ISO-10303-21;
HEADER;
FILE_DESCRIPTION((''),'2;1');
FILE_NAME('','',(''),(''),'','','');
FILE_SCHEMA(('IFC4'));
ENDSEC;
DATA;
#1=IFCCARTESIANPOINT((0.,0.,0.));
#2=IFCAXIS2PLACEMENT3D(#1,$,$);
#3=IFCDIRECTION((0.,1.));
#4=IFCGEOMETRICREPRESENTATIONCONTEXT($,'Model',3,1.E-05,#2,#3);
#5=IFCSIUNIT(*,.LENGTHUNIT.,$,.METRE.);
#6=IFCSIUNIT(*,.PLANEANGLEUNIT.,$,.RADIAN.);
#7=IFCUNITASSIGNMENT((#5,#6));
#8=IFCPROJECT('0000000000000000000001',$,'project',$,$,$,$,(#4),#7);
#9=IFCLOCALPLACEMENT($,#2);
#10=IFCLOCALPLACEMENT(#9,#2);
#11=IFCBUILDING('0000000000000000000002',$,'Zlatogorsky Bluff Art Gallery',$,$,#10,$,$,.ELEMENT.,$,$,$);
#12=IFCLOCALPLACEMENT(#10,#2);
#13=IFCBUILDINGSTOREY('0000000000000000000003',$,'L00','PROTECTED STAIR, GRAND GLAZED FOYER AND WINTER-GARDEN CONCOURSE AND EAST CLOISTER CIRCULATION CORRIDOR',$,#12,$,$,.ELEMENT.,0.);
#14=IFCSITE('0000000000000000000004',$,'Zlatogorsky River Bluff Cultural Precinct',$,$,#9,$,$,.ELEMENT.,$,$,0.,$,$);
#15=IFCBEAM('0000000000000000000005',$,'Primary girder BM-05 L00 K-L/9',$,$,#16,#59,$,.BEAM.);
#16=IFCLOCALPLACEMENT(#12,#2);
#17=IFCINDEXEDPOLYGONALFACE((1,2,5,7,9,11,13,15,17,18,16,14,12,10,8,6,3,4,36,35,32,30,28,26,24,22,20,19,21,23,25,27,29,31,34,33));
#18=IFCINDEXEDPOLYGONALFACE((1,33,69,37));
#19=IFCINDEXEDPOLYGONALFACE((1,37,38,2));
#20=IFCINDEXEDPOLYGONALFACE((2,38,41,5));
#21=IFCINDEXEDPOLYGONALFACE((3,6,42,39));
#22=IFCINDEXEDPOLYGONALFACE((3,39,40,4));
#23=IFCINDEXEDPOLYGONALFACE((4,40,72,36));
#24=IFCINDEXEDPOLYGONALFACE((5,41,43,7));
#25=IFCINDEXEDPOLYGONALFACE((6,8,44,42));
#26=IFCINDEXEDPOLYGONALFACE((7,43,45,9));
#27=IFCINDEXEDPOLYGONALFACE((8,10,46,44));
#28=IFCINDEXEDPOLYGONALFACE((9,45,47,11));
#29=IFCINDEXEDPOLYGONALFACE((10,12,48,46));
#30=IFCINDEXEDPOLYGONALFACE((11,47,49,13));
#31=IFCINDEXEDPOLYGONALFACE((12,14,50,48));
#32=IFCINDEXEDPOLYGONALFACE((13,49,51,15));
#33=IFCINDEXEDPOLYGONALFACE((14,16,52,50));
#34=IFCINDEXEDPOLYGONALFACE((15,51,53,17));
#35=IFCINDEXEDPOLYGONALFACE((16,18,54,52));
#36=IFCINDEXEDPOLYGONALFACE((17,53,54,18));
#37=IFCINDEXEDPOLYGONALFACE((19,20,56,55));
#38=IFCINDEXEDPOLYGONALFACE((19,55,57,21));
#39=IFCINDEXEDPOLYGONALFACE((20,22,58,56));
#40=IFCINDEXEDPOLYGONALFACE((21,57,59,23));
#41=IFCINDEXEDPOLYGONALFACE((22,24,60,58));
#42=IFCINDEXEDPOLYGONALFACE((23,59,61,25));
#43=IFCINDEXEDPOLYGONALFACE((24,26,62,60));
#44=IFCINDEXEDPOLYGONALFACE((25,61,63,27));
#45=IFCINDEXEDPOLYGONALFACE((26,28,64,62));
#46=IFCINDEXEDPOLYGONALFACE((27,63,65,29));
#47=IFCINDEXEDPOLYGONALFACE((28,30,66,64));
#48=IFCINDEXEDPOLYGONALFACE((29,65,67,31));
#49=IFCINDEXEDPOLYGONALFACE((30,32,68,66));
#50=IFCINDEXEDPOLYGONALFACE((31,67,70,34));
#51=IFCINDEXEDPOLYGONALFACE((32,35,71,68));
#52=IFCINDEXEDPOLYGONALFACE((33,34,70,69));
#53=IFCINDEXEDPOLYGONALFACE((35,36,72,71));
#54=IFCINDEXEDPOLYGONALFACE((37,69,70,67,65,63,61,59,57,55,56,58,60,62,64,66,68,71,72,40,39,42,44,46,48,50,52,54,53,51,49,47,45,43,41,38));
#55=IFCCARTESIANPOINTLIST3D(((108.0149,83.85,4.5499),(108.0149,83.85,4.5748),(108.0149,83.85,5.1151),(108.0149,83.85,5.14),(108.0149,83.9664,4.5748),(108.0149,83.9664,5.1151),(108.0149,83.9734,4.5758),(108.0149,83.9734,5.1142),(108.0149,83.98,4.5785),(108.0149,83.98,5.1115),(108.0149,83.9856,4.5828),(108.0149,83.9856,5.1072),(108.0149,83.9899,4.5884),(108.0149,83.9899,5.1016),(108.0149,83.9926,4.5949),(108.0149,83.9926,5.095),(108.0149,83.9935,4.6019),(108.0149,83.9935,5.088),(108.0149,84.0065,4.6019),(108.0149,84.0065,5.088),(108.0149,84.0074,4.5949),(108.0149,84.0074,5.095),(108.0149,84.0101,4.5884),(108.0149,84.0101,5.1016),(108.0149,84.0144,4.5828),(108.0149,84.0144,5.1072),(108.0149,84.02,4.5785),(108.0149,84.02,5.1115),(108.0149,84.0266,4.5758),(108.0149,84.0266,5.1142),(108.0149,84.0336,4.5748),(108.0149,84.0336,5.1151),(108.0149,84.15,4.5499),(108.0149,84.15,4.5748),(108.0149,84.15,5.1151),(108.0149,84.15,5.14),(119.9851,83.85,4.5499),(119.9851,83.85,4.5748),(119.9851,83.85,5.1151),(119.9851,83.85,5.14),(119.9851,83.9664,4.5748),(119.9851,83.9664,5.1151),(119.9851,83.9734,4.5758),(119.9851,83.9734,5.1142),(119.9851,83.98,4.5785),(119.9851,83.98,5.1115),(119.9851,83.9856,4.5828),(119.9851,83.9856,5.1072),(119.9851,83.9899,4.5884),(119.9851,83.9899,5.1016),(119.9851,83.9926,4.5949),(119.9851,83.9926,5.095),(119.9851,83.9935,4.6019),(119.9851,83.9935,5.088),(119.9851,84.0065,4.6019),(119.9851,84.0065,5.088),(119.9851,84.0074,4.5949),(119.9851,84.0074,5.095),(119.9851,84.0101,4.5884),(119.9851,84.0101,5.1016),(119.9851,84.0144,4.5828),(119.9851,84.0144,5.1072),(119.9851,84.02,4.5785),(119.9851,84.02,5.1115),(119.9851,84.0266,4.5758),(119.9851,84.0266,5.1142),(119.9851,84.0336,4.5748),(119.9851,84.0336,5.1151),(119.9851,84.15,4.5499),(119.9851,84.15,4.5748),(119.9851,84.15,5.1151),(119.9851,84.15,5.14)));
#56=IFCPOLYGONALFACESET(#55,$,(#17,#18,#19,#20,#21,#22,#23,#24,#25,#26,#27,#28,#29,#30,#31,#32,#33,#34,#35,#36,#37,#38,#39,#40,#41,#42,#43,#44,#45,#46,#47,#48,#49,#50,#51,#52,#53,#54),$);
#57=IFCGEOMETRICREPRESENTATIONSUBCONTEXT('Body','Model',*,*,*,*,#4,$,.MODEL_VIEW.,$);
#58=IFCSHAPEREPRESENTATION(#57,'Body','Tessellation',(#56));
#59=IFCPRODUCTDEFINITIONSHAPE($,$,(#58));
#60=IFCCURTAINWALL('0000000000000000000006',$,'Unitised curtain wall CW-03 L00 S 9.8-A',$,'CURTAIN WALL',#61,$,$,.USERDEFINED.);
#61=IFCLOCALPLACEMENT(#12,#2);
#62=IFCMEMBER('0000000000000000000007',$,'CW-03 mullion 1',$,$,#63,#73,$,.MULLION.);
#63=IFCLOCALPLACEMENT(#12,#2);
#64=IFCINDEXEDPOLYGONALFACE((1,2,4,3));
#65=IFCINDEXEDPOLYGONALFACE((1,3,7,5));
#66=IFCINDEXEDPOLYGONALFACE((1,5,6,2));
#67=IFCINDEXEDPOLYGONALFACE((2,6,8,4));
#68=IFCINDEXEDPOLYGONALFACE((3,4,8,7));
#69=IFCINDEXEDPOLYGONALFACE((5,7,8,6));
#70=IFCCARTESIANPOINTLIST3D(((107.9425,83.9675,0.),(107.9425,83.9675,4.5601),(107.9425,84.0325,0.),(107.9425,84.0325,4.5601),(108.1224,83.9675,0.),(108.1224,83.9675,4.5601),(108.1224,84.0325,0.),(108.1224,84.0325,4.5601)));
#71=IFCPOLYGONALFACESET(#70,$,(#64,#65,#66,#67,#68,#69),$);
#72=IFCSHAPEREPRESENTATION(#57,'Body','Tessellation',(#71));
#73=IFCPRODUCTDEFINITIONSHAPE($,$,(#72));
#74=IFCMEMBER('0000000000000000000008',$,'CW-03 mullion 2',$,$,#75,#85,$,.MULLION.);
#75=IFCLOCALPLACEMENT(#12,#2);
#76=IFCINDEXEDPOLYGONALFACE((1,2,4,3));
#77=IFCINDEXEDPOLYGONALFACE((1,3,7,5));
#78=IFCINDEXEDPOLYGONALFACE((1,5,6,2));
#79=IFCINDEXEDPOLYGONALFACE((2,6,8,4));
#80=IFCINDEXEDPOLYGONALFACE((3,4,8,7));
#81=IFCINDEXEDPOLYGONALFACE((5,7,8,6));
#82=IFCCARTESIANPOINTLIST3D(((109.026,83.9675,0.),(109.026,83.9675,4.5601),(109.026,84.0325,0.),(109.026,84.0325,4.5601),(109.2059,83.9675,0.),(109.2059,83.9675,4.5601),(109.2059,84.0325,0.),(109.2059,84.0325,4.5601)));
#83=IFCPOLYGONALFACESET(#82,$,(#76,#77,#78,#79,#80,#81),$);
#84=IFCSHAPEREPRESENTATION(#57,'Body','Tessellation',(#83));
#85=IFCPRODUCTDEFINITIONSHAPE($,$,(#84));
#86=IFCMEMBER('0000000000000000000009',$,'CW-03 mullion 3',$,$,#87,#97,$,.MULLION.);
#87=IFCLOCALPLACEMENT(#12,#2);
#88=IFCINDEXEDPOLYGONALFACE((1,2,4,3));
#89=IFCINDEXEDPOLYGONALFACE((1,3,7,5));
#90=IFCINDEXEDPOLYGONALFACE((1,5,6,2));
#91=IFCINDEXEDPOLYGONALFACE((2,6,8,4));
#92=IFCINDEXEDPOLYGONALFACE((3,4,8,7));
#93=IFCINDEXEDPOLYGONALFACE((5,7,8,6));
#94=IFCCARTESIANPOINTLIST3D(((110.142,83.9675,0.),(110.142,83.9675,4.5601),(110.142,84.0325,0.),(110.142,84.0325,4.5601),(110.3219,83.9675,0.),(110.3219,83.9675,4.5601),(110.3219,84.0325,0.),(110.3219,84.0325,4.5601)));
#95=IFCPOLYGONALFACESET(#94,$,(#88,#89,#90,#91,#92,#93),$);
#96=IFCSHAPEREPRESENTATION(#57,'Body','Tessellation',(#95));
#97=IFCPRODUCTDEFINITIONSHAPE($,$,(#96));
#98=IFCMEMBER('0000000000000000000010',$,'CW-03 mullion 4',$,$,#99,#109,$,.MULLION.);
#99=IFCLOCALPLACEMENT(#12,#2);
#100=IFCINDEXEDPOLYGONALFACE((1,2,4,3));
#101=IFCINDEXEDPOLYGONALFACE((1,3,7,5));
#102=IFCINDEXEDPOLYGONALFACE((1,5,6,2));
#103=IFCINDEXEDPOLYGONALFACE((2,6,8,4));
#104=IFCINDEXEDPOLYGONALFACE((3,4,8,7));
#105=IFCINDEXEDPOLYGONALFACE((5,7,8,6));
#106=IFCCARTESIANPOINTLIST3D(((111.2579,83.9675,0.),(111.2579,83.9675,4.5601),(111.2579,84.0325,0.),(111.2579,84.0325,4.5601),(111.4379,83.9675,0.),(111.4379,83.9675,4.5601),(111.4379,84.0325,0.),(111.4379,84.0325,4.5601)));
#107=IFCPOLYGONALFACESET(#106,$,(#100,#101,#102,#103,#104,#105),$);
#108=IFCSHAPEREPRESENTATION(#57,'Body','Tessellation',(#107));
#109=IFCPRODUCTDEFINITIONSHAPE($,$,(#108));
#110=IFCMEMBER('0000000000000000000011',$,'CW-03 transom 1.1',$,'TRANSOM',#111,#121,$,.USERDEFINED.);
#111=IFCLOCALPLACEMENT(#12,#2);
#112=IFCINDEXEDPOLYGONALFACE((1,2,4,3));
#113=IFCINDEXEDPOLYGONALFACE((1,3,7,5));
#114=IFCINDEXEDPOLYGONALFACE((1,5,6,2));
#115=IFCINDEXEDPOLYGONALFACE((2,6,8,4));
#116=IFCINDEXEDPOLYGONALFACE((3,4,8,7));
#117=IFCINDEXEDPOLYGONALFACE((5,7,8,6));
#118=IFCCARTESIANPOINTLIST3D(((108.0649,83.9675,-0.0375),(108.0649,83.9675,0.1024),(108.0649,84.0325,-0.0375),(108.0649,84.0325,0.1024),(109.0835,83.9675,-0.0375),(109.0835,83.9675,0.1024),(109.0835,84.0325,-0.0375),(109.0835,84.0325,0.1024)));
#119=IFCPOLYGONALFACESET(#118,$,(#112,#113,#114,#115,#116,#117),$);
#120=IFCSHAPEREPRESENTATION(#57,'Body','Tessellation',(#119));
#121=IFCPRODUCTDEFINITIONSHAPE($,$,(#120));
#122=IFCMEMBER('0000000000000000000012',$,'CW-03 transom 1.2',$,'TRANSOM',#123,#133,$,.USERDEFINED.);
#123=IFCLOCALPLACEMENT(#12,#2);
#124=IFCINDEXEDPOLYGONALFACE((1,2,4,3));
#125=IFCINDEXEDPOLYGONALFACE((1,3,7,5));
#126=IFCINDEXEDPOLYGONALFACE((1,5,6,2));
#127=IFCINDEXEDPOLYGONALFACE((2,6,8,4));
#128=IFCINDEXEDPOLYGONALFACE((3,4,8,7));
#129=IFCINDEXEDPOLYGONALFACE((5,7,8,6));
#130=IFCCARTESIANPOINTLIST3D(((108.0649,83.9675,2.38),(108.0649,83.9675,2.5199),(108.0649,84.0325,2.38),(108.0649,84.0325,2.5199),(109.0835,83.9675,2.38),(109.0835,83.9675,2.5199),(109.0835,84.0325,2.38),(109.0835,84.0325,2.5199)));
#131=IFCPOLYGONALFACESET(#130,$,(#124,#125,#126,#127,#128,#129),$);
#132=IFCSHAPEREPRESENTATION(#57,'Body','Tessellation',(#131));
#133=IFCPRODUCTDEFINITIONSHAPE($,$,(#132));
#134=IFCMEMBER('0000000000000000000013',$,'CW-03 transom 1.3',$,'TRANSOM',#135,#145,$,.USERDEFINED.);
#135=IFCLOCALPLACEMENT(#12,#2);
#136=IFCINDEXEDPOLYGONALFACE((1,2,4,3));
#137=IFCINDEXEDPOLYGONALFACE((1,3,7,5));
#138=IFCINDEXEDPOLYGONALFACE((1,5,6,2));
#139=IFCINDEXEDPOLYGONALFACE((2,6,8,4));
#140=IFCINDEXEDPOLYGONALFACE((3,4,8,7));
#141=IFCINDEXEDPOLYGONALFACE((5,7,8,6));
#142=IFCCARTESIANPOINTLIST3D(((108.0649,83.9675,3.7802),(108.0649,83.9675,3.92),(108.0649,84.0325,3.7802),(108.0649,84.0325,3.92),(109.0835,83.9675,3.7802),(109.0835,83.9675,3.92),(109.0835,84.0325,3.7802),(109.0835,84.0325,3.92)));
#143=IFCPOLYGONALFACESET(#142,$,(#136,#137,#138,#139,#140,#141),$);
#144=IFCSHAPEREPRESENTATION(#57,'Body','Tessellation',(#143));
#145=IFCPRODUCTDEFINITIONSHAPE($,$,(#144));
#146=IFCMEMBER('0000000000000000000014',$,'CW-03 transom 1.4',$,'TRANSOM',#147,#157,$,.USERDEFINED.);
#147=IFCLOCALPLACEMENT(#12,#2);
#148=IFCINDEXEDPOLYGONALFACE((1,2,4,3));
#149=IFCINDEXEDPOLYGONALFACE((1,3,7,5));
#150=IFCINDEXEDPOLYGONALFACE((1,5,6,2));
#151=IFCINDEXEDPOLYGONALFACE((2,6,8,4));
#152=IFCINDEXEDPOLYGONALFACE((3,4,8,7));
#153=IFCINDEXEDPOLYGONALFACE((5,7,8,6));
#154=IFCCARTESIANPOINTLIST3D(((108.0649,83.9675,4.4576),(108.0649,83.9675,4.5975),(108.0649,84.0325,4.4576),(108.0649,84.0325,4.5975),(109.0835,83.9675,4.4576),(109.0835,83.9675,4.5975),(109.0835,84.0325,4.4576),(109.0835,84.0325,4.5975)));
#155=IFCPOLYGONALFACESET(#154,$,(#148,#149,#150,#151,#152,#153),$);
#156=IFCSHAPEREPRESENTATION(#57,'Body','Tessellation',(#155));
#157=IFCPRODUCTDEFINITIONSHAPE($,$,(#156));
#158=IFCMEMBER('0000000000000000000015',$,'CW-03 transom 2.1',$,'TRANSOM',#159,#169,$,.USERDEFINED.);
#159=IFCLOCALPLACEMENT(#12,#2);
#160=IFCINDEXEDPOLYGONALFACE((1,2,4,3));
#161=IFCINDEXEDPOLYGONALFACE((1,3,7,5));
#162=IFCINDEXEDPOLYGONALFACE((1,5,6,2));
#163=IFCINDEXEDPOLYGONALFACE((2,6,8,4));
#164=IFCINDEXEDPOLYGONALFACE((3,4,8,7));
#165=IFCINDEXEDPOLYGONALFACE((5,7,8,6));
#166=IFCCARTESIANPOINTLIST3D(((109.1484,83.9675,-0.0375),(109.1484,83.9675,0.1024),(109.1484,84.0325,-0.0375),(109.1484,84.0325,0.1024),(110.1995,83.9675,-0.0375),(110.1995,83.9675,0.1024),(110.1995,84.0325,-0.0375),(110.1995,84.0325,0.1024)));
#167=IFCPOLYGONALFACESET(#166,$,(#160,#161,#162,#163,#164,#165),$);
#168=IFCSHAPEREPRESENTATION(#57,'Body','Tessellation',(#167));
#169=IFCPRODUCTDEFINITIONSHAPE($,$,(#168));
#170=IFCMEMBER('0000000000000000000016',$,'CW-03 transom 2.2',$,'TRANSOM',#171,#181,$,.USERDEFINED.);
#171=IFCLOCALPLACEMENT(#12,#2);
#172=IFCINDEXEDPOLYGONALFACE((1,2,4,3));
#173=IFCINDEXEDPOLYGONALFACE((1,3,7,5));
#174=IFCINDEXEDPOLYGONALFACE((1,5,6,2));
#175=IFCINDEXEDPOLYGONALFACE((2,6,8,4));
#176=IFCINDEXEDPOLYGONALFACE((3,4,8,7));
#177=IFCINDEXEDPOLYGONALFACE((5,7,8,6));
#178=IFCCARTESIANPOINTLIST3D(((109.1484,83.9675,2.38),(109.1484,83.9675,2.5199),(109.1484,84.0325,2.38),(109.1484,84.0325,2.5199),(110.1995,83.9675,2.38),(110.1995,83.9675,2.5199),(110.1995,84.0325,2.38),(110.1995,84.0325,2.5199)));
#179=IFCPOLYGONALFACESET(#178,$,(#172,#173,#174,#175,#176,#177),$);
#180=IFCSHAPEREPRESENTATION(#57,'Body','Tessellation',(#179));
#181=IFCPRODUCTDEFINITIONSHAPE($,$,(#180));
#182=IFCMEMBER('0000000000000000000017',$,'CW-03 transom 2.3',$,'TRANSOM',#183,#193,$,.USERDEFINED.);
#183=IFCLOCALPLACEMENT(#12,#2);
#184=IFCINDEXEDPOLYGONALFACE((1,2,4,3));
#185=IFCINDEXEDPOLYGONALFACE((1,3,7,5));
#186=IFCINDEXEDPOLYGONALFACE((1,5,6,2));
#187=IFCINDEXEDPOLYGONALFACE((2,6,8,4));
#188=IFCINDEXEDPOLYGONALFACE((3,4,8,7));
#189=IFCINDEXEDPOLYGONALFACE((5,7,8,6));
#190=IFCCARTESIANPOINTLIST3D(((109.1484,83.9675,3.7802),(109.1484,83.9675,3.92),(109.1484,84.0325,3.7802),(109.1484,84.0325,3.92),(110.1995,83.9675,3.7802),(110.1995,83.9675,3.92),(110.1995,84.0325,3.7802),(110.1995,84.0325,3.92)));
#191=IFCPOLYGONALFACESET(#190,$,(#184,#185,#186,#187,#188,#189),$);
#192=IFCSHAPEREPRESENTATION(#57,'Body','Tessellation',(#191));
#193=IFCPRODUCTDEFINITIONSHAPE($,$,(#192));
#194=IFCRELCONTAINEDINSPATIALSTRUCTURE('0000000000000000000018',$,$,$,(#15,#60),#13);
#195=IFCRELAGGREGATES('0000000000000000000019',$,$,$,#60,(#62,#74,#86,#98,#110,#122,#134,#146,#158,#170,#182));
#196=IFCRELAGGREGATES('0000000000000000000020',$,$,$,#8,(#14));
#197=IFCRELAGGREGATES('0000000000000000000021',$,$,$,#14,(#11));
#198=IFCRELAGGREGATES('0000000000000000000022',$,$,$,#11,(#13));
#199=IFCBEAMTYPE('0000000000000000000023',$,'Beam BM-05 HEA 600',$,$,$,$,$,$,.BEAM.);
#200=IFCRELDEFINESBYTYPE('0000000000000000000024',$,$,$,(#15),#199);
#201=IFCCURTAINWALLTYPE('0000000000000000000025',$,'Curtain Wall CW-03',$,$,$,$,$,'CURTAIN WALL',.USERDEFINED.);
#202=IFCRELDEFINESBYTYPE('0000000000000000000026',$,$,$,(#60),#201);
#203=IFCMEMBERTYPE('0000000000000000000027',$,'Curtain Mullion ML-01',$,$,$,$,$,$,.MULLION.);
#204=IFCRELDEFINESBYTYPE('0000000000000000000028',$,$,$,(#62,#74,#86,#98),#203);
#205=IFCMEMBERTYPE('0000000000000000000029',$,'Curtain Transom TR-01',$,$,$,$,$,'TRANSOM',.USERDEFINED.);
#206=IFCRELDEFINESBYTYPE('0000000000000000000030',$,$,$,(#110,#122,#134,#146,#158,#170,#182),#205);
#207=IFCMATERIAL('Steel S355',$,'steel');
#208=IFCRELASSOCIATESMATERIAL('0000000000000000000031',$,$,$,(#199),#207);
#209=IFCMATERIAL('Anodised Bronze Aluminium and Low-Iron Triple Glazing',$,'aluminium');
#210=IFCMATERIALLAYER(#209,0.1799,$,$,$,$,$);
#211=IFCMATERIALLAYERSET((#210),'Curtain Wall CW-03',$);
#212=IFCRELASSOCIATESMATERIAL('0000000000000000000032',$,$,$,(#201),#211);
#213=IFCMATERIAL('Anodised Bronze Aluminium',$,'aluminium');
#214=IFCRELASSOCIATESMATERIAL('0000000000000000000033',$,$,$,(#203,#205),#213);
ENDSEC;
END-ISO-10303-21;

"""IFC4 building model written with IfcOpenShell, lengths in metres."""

from ifc_helpers import new_model, si_unit, direction, frame, origin, origin_2d, place, context, subcontext, project, spatial, rectangle, i_section, extrude, material, layer, layer_set, material_profile, profile_set, type_object, element, aggregate, save


model = new_model("IFC4")

# Units and contexts
model_context = context("Model", 3, precision=1e-05, world=origin(), true_north=direction((0.0, 1.0)))
body_context = subcontext(model_context, "Body", "Model", "MODEL_VIEW")
ifc_project = project(units=[si_unit("LENGTHUNIT", "METRE"), si_unit("PLANEANGLEUNIT", "RADIAN")], contexts=[model_context])

# Site, building, storey
site_placement = place(None, origin())
site = spatial("IfcSite", under=ifc_project, at=site_placement, Name="Zlatogorsky River Bluff Cultural Precinct", CompositionType="ELEMENT", RefElevation=0.0)
building_placement = place(site_placement, origin())
building = spatial("IfcBuilding", under=site, at=building_placement, Name="Zlatogorsky Bluff Art Gallery", CompositionType="ELEMENT")
storey_placement = place(building_placement, origin())
storey = spatial("IfcBuildingStorey", under=building, at=storey_placement, Name="L00", Description="PROTECTED STAIR, GRAND GLAZED FOYER AND WINTER-GARDEN CONCOURSE AND EAST CLOISTER CIRCULATION CORRIDOR", CompositionType="ELEMENT", Elevation=0.0)

# Beam
ifc_material_1 = material(Name="Steel S355", Category="steel")
ifc_material_profile_1 = material_profile(ifc_material_1, i_section(OverallWidth=0.3, OverallDepth=0.5901, WebThickness=0.0129, FlangeThickness=0.0249, FilletRadius=0.0271, at=origin_2d()), Name="HEA 600")
ifc_profile_set_1 = profile_set([ifc_material_profile_1], Name="Steel S355")
beam_type = type_object("IfcBeamType", Name="Beam BM-05 HEA 600", PredefinedType="BEAM", material=ifc_profile_set_1)
beam_placement = place(storey_placement, frame((108.0149, 84.0, 4.845), z_axis=(1.0, 0.0, 0.0), x_axis=(0.0, 1.0, 0.0)))
element("IfcBeam", 1, at=beam_placement, inside=storey, type_object=beam_type, Name="Primary girder BM-05 L00 K-L/9", PredefinedType="BEAM", context=body_context, shape_type="SweptSolid", body=[
    extrude(i_section(OverallWidth=0.3, OverallDepth=0.5901, WebThickness=0.0129, FlangeThickness=0.0249, FilletRadius=0.0271, at=origin_2d()), origin(), (0.0, 0.0, 1.0), 11.9702),
])

# Curtain wall, members
ifc_material_2 = material(Name="Anodised Bronze Aluminium and Low-Iron Triple Glazing", Category="aluminium")
ifc_layer_1 = layer(ifc_material_2, 0.1799)
ifc_layer_set_1 = layer_set([ifc_layer_1], Name="Curtain Wall CW-03")
curtain_wall_type = type_object("IfcCurtainWallType", Name="Curtain Wall CW-03", ElementType="CURTAIN WALL", PredefinedType="USERDEFINED", material=ifc_layer_set_1)
curtain_wall_placement = place(storey_placement, origin())
curtain_wall = element("IfcCurtainWall", 2, at=curtain_wall_placement, inside=storey, type_object=curtain_wall_type, Name="Unitised curtain wall CW-03 L00 S 9.8-A", ObjectType="CURTAIN WALL", PredefinedType="USERDEFINED")
ifc_material_3 = material(Name="Anodised Bronze Aluminium", Category="aluminium")
ifc_material_profile_2 = material_profile(ifc_material_3, rectangle(XDim=0.0649, YDim=0.1799, at=origin_2d()), Name="ALU MULLION 65x180")
ifc_profile_set_2 = profile_set([ifc_material_profile_2], Name="Anodised Bronze Aluminium")
member_type_1 = type_object("IfcMemberType", Name="Curtain Mullion ML-01", PredefinedType="MULLION", material=ifc_profile_set_2)
member_1_placement = place(storey_placement, frame((108.0325, 84.0, 0.0), z_axis=(0.0, 0.0, 1.0), x_axis=(0.0, 1.0, 0.0)))
member_1 = element("IfcMember", 3, at=member_1_placement, type_object=member_type_1, Name="CW-03 mullion 1", PredefinedType="MULLION", context=body_context, shape_type="SweptSolid", body=[
    extrude(rectangle(XDim=0.0649, YDim=0.1799, at=origin_2d()), origin(), (0.0, 0.0, 1.0), 4.5601),
])
member_2_placement = place(storey_placement, frame((109.116, 84.0, 0.0), z_axis=(0.0, 0.0, 1.0), x_axis=(0.0, 1.0, 0.0)))
member_2 = element("IfcMember", 4, at=member_2_placement, type_object=member_type_1, Name="CW-03 mullion 2", PredefinedType="MULLION", context=body_context, shape_type="SweptSolid", body=[
    extrude(rectangle(XDim=0.0649, YDim=0.1799, at=origin_2d()), origin(), (0.0, 0.0, 1.0), 4.5601),
])
member_3_placement = place(storey_placement, frame((110.2319, 84.0, 0.0), z_axis=(0.0, 0.0, 1.0), x_axis=(0.0, 1.0, 0.0)))
member_3 = element("IfcMember", 5, at=member_3_placement, type_object=member_type_1, Name="CW-03 mullion 3", PredefinedType="MULLION", context=body_context, shape_type="SweptSolid", body=[
    extrude(rectangle(XDim=0.0649, YDim=0.1799, at=origin_2d()), origin(), (0.0, 0.0, 1.0), 4.5601),
])
member_4_placement = place(storey_placement, frame((111.3479, 84.0, 0.0), z_axis=(0.0, 0.0, 1.0), x_axis=(0.0, 1.0, 0.0)))
member_4 = element("IfcMember", 6, at=member_4_placement, type_object=member_type_1, Name="CW-03 mullion 4", PredefinedType="MULLION", context=body_context, shape_type="SweptSolid", body=[
    extrude(rectangle(XDim=0.0649, YDim=0.1799, at=origin_2d()), origin(), (0.0, 0.0, 1.0), 4.5601),
])
ifc_material_profile_3 = material_profile(ifc_material_3, rectangle(XDim=0.0649, YDim=0.1399, at=origin_2d()), Name="ALU TRANSOM 65x140")
ifc_profile_set_3 = profile_set([ifc_material_profile_3], Name="Anodised Bronze Aluminium")
member_type_2 = type_object("IfcMemberType", Name="Curtain Transom TR-01", ElementType="TRANSOM", PredefinedType="USERDEFINED", material=ifc_profile_set_3)
member_5_placement = place(storey_placement, frame((108.0649, 84.0, 0.0325), z_axis=(1.0, 0.0, 0.0), x_axis=(0.0, 1.0, 0.0)))
member_5 = element("IfcMember", 7, at=member_5_placement, type_object=member_type_2, Name="CW-03 transom 1.1", ObjectType="TRANSOM", PredefinedType="USERDEFINED", context=body_context, shape_type="SweptSolid", body=[
    extrude(rectangle(XDim=0.0649, YDim=0.1399, at=origin_2d()), origin(), (0.0, 0.0, 1.0), 1.0186),
])
member_6_placement = place(storey_placement, frame((108.0649, 84.0, 2.45), z_axis=(1.0, 0.0, 0.0), x_axis=(0.0, 1.0, 0.0)))
member_6 = element("IfcMember", 8, at=member_6_placement, type_object=member_type_2, Name="CW-03 transom 1.2", ObjectType="TRANSOM", PredefinedType="USERDEFINED", context=body_context, shape_type="SweptSolid", body=[
    extrude(rectangle(XDim=0.0649, YDim=0.1399, at=origin_2d()), origin(), (0.0, 0.0, 1.0), 1.0186),
])
member_7_placement = place(storey_placement, frame((108.0649, 84.0, 3.8501), z_axis=(1.0, 0.0, 0.0), x_axis=(0.0, 1.0, 0.0)))
member_7 = element("IfcMember", 9, at=member_7_placement, type_object=member_type_2, Name="CW-03 transom 1.3", ObjectType="TRANSOM", PredefinedType="USERDEFINED", context=body_context, shape_type="SweptSolid", body=[
    extrude(rectangle(XDim=0.0649, YDim=0.1399, at=origin_2d()), origin(), (0.0, 0.0, 1.0), 1.0186),
])
member_8_placement = place(storey_placement, frame((108.0649, 84.0, 4.5276), z_axis=(1.0, 0.0, 0.0), x_axis=(0.0, 1.0, 0.0)))
member_8 = element("IfcMember", 10, at=member_8_placement, type_object=member_type_2, Name="CW-03 transom 1.4", ObjectType="TRANSOM", PredefinedType="USERDEFINED", context=body_context, shape_type="SweptSolid", body=[
    extrude(rectangle(XDim=0.0649, YDim=0.1399, at=origin_2d()), origin(), (0.0, 0.0, 1.0), 1.0186),
])
member_9_placement = place(storey_placement, frame((109.1484, 84.0, 0.0325), z_axis=(1.0, 0.0, 0.0), x_axis=(0.0, 1.0, 0.0)))
member_9 = element("IfcMember", 11, at=member_9_placement, type_object=member_type_2, Name="CW-03 transom 2.1", ObjectType="TRANSOM", PredefinedType="USERDEFINED", context=body_context, shape_type="SweptSolid", body=[
    extrude(rectangle(XDim=0.0649, YDim=0.1399, at=origin_2d()), origin(), (0.0, 0.0, 1.0), 1.051),
])
member_10_placement = place(storey_placement, frame((109.1484, 84.0, 2.45), z_axis=(1.0, 0.0, 0.0), x_axis=(0.0, 1.0, 0.0)))
member_10 = element("IfcMember", 12, at=member_10_placement, type_object=member_type_2, Name="CW-03 transom 2.2", ObjectType="TRANSOM", PredefinedType="USERDEFINED", context=body_context, shape_type="SweptSolid", body=[
    extrude(rectangle(XDim=0.0649, YDim=0.1399, at=origin_2d()), origin(), (0.0, 0.0, 1.0), 1.051),
])
member_11_placement = place(storey_placement, frame((109.1484, 84.0, 3.8501), z_axis=(1.0, 0.0, 0.0), x_axis=(0.0, 1.0, 0.0)))
member_11 = element("IfcMember", 13, at=member_11_placement, type_object=member_type_2, Name="CW-03 transom 2.3", ObjectType="TRANSOM", PredefinedType="USERDEFINED", context=body_context, shape_type="SweptSolid", body=[
    extrude(rectangle(XDim=0.0649, YDim=0.1399, at=origin_2d()), origin(), (0.0, 0.0, 1.0), 1.051),
])
aggregate(curtain_wall, [member_1, member_2, member_3, member_4, member_5, member_6, member_7, member_8, member_9, member_10, member_11])

save(model, "model.ifc")
